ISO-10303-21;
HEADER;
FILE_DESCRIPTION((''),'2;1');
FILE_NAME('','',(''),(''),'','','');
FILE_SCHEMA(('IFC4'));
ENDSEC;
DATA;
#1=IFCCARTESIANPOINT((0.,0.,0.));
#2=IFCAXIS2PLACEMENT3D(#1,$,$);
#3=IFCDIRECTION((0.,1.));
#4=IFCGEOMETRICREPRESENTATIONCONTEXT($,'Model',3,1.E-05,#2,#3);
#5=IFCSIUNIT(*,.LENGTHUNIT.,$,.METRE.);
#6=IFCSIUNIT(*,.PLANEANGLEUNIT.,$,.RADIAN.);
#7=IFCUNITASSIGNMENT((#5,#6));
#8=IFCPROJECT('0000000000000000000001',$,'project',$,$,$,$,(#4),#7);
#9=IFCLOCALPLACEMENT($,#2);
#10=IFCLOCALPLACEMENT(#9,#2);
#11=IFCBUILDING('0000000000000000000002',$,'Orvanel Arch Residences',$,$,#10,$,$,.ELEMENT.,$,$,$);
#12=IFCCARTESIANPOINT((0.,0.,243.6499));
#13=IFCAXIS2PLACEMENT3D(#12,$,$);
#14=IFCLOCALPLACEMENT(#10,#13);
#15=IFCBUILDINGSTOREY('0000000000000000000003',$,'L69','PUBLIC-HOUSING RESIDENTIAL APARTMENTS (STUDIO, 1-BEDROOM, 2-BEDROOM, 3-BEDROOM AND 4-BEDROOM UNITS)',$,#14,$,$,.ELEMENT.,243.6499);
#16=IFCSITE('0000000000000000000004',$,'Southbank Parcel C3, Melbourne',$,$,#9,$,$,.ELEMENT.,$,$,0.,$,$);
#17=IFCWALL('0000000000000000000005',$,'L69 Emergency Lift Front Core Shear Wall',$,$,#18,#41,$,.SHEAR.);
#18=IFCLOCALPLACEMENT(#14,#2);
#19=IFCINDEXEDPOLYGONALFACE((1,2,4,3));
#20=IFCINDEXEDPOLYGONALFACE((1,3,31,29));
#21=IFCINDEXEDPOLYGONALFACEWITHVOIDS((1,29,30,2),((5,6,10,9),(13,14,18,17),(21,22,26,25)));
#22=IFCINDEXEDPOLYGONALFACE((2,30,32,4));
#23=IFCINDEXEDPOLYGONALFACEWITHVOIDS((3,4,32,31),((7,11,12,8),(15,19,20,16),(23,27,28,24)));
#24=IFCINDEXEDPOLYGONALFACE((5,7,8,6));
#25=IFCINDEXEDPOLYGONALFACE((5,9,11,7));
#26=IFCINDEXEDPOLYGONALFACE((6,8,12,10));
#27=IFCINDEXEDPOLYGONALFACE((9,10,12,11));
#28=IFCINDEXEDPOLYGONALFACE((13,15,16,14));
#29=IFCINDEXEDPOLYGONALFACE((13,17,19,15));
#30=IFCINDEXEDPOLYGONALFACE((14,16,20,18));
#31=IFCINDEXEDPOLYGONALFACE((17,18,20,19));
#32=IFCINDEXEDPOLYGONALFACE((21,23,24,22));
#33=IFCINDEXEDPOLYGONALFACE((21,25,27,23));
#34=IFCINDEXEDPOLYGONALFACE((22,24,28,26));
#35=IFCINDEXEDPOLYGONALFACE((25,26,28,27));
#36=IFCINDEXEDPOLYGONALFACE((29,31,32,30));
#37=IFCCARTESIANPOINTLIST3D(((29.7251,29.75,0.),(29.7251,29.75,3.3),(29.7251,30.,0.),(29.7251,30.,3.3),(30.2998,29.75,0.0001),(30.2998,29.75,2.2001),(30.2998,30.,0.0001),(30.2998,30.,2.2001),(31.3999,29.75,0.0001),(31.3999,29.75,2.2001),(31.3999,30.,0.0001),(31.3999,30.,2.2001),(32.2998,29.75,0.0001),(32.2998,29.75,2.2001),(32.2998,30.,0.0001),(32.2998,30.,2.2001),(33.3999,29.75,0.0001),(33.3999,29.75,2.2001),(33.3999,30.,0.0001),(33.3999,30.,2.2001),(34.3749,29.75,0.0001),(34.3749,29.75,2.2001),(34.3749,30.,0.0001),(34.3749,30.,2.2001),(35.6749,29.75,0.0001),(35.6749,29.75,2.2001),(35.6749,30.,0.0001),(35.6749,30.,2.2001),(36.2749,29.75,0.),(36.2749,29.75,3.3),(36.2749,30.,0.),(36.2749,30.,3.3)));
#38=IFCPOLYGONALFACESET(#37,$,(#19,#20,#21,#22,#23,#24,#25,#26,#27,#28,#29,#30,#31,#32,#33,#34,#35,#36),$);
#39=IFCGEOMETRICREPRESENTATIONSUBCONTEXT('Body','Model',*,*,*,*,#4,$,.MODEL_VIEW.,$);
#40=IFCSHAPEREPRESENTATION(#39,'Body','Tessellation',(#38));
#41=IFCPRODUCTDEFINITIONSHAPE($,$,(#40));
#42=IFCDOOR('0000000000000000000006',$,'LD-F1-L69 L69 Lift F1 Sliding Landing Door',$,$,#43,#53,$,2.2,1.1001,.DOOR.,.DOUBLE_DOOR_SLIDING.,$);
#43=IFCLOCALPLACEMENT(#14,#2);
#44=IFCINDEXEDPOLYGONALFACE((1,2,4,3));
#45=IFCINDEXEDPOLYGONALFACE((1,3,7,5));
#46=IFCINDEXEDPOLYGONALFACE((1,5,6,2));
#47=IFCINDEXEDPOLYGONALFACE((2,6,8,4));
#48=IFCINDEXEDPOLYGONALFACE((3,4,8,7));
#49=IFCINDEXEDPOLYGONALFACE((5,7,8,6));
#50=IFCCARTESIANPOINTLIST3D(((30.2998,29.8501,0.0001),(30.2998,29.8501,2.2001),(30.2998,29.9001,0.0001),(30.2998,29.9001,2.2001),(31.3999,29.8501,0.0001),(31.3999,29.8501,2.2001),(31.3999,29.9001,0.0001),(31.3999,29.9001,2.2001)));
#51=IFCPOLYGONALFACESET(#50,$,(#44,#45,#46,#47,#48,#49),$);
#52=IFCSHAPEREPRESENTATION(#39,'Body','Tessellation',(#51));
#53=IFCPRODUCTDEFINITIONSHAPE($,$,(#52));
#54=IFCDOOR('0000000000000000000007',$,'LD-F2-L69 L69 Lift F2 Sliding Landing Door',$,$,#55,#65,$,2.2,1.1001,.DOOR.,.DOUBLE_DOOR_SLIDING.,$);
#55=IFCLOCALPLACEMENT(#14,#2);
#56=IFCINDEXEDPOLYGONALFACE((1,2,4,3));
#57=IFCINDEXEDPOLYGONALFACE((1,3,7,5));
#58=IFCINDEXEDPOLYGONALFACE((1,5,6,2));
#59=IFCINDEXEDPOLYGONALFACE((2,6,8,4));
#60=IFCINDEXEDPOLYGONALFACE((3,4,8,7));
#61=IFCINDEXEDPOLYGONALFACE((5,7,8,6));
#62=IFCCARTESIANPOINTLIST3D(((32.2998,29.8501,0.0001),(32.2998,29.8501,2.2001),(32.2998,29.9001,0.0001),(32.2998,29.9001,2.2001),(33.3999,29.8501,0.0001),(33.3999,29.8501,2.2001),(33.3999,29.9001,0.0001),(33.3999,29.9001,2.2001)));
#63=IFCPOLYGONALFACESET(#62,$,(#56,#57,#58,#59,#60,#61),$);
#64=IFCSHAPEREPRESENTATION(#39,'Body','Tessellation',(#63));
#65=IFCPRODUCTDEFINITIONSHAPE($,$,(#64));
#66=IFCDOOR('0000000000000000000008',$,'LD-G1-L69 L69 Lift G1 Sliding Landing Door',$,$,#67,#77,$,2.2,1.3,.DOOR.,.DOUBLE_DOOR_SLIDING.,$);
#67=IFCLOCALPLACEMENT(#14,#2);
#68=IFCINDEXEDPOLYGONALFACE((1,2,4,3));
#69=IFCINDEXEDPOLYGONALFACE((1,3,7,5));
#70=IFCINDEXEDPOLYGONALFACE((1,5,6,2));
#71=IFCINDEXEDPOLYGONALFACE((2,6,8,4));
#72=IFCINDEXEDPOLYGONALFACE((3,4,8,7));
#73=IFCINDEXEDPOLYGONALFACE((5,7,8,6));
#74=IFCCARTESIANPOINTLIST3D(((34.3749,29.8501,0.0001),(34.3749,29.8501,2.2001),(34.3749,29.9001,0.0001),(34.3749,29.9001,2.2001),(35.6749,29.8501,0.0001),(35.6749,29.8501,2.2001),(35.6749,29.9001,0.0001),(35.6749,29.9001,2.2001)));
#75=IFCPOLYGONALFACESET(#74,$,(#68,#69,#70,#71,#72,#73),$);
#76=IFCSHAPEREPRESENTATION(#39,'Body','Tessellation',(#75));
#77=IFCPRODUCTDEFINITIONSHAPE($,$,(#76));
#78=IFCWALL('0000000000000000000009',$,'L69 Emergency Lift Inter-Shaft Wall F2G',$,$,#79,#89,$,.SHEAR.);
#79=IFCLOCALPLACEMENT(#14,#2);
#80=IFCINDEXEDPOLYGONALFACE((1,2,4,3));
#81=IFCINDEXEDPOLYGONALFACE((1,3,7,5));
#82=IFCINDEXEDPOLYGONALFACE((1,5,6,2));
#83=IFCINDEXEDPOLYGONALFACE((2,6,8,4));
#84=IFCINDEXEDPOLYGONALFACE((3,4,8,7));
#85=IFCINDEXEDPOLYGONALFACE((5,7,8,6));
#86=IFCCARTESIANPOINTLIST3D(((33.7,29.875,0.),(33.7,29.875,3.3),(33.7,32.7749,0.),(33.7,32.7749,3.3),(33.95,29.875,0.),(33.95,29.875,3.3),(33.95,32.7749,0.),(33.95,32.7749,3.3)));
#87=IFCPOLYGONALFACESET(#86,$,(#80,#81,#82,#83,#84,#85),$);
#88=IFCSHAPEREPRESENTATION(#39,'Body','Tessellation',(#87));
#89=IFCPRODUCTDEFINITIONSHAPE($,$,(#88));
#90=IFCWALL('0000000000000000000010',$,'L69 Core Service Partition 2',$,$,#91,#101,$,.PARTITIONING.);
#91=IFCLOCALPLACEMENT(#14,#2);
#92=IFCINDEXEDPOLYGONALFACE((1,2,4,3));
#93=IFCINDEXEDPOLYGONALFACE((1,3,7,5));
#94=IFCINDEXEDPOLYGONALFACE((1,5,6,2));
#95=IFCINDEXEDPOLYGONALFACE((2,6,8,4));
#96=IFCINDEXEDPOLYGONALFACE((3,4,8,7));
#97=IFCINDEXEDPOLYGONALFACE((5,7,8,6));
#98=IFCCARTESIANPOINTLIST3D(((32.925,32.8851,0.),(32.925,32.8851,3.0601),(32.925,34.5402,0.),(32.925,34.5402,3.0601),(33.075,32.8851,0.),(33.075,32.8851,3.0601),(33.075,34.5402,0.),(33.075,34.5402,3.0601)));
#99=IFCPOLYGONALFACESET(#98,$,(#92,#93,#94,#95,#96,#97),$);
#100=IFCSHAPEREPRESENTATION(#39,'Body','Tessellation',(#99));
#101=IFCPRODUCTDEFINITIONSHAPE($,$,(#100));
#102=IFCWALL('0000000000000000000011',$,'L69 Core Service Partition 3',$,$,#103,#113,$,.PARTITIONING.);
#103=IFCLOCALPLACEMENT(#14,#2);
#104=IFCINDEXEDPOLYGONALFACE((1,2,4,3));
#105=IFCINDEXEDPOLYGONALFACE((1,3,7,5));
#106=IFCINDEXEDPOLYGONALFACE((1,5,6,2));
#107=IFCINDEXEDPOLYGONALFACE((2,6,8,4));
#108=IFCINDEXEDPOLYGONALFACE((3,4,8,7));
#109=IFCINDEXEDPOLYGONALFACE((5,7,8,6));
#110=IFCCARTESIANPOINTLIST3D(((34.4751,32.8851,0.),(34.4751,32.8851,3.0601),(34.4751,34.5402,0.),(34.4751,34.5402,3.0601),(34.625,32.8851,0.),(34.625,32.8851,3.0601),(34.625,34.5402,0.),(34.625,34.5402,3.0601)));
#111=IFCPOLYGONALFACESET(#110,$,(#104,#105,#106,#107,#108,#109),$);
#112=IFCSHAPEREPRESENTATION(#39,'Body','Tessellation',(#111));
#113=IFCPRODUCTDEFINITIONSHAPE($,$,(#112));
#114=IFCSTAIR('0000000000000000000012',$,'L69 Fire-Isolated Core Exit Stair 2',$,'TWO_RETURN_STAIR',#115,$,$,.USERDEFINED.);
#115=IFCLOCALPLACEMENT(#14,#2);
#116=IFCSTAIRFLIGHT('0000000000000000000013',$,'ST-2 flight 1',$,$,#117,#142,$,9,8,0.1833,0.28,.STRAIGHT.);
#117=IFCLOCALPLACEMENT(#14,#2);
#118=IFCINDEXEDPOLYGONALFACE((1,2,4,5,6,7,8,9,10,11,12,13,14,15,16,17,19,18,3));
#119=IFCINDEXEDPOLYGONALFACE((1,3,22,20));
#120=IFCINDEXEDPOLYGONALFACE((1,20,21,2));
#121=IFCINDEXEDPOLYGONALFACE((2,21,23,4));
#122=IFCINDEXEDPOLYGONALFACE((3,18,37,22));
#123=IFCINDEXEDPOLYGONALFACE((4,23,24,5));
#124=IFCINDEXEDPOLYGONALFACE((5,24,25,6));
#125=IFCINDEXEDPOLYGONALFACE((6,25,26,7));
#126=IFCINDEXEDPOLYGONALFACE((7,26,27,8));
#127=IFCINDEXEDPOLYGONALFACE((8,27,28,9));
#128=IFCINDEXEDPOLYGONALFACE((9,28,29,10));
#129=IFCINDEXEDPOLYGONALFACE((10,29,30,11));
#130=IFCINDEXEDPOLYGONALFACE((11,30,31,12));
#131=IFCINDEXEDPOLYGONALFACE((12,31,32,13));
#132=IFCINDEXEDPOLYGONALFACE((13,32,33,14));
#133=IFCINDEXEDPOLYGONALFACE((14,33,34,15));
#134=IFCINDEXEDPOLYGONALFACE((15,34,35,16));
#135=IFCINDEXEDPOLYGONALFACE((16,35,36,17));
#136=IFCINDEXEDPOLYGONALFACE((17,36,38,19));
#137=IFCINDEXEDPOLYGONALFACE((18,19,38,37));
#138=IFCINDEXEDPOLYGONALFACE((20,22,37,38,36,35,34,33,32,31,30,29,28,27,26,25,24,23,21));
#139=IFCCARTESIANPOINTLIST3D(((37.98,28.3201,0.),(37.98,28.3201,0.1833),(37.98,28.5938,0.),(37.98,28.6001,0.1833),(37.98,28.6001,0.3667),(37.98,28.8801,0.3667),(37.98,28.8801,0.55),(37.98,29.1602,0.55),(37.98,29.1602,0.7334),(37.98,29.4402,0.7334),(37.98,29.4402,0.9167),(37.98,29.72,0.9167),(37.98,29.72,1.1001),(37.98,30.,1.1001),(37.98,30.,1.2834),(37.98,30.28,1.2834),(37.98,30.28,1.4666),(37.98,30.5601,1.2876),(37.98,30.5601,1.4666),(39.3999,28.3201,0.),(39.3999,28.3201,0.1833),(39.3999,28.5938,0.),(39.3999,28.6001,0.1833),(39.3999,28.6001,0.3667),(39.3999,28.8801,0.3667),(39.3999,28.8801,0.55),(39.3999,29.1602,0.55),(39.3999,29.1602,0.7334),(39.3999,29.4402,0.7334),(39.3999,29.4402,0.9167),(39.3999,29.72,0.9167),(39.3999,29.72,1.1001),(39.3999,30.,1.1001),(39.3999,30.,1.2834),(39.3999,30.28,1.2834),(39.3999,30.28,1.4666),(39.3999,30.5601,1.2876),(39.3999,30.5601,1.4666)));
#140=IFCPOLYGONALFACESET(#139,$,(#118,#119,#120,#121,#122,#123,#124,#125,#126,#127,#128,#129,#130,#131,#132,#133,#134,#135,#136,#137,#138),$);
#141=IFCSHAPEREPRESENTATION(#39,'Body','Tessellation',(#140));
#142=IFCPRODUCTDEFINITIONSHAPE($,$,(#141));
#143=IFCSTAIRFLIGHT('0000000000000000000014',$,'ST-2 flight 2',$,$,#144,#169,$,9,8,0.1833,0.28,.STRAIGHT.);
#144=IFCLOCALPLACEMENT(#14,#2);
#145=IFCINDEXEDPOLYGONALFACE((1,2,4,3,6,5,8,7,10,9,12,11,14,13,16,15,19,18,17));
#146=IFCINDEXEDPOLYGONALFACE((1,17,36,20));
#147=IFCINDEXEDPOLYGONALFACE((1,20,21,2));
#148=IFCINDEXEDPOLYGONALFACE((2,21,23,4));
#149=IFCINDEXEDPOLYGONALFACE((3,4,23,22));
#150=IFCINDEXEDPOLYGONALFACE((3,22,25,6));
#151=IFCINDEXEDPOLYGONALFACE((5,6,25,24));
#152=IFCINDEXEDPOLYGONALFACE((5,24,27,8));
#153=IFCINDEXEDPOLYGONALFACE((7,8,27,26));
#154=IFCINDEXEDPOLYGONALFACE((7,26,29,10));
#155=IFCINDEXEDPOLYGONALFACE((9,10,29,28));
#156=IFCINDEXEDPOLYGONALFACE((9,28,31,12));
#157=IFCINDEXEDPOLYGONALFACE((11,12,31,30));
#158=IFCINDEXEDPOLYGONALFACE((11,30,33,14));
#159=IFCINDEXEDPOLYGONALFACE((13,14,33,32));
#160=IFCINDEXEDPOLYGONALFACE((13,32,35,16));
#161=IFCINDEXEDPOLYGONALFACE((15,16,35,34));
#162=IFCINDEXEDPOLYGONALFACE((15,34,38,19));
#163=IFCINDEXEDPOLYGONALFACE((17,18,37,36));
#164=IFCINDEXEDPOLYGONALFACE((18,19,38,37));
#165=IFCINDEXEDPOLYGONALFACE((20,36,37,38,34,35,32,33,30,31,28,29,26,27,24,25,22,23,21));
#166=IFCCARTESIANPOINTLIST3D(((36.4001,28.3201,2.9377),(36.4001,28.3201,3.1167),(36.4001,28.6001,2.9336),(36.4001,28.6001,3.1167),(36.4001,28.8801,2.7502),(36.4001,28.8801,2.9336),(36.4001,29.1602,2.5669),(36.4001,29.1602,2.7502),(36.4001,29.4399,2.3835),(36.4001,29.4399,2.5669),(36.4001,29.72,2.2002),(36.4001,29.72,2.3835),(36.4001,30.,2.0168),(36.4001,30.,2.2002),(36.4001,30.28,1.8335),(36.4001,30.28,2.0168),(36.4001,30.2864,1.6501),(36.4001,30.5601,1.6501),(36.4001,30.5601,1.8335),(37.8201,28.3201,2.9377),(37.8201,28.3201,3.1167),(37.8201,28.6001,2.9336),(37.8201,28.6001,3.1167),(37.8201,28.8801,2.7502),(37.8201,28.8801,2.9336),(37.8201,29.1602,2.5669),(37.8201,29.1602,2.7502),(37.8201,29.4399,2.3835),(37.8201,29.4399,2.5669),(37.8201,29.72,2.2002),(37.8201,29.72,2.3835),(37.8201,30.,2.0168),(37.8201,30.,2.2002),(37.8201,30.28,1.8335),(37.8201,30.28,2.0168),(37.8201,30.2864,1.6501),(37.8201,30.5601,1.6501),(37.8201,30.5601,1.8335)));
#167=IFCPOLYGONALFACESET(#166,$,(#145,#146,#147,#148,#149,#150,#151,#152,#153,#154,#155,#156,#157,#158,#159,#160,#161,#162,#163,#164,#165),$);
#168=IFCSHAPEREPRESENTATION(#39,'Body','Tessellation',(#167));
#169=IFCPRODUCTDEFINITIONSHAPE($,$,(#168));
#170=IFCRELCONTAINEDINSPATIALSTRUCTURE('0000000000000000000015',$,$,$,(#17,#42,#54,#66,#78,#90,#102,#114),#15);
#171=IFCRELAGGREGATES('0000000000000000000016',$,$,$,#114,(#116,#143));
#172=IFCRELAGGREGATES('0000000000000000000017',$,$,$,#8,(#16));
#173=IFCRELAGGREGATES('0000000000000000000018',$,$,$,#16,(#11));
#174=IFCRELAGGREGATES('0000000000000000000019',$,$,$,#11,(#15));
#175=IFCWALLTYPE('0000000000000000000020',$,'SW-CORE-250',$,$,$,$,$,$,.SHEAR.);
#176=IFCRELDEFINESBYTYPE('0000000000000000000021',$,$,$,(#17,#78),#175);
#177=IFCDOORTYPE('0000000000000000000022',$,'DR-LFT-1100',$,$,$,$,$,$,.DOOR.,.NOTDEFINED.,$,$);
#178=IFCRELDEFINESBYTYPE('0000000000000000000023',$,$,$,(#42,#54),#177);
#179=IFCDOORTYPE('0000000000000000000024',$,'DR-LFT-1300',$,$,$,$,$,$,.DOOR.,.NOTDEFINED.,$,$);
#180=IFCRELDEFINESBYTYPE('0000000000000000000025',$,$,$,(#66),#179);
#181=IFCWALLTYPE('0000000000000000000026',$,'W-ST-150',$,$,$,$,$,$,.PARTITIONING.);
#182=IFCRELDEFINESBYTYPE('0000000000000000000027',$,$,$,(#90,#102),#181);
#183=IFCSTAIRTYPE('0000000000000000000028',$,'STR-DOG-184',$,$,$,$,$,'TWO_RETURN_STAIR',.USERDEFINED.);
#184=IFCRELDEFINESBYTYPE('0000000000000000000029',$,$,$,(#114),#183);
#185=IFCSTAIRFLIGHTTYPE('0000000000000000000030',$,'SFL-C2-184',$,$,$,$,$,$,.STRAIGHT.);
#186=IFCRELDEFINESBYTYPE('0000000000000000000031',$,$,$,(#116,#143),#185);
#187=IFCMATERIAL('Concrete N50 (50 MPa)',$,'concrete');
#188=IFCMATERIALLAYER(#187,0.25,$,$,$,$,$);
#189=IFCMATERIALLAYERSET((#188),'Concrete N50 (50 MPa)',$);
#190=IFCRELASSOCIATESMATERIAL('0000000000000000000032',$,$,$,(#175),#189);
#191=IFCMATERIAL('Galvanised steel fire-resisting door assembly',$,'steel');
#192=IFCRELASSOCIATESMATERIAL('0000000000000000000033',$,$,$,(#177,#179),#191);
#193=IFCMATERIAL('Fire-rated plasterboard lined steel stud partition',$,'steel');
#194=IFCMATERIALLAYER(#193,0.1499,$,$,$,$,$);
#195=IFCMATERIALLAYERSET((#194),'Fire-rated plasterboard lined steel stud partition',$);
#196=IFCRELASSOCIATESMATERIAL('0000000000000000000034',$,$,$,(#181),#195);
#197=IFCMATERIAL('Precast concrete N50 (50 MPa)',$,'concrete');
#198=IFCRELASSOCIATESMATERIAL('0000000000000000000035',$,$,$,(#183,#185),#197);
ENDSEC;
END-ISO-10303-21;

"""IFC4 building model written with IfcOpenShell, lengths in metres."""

from ifc_helpers import new_model, si_unit, direction, frame, frame_2d, origin, place, context, subcontext, project, spatial, polyline, rectangle, outline, extrude, material, layer, layer_set, type_object, element, fill, aggregate, save


model = new_model("IFC4")

# Units and contexts
model_context = context("Model", 3, precision=1e-05, world=origin(), true_north=direction((0.0, 1.0)))
body_context = subcontext(model_context, "Body", "Model", "MODEL_VIEW")
ifc_project = project(units=[si_unit("LENGTHUNIT", "METRE"), si_unit("PLANEANGLEUNIT", "RADIAN")], contexts=[model_context])

# Site, building, storey
site_placement = place(None, origin())
site = spatial("IfcSite", under=ifc_project, at=site_placement, Name="Southbank Parcel C3, Melbourne", CompositionType="ELEMENT", RefElevation=0.0)
building_placement = place(site_placement, origin())
building = spatial("IfcBuilding", under=site, at=building_placement, Name="Orvanel Arch Residences", CompositionType="ELEMENT")
storey_placement = place(building_placement, frame((0.0, 0.0, 243.6499)))
storey = spatial("IfcBuildingStorey", under=building, at=storey_placement, Name="L69", Description="PUBLIC-HOUSING RESIDENTIAL APARTMENTS (STUDIO, 1-BEDROOM, 2-BEDROOM, 3-BEDROOM AND 4-BEDROOM UNITS)", CompositionType="ELEMENT", Elevation=243.6499)

# Wall, openings, doors
ifc_material_1 = material(Name="Concrete N50 (50 MPa)", Category="concrete")
ifc_layer_1 = layer(ifc_material_1, 0.25)
ifc_layer_set_1 = layer_set([ifc_layer_1], Name="Concrete N50 (50 MPa)")
wall_type_1 = type_object("IfcWallType", Name="SW-CORE-250", PredefinedType="SHEAR", material=ifc_layer_set_1)
wall_1_placement = place(storey_placement, frame((36.2749, 29.875, 0.0), z_axis=(0.0, 0.0, 1.0), x_axis=(-1.0, 0.0, 0.0)))
wall_1 = element("IfcWall", 1, at=wall_1_placement, inside=storey, type_object=wall_type_1, Name="L69 Emergency Lift Front Core Shear Wall", PredefinedType="SHEAR", context=body_context, shape_type="SweptSolid", body=[
    extrude(rectangle(XDim=6.5498, YDim=0.25, at=frame_2d((3.2749, 0.0))), origin(), (0.0, 0.0, 1.0), 3.3),
])
opening_1_placement = place(wall_1_placement, frame((4.875, 0.0, 0.0)))
opening_1 = element("IfcOpeningElement", 2, at=opening_1_placement, cuts=wall_1, PredefinedType="OPENING", context=body_context, shape_type="SweptSolid", body=[
    extrude(rectangle(XDim=1.1001, YDim=2.2, at=frame_2d((0.55, 1.1001))), frame((0.0, 0.135, 0.0), z_axis=(0.0, -1.0, 0.0), x_axis=(1.0, 0.0, 0.0)), (0.0, 0.0, 1.0), 0.27),
])
opening_2_placement = place(wall_1_placement, frame((2.875, 0.0, 0.0)))
opening_2 = element("IfcOpeningElement", 3, at=opening_2_placement, cuts=wall_1, PredefinedType="OPENING", context=body_context, shape_type="SweptSolid", body=[
    extrude(rectangle(XDim=1.1001, YDim=2.2, at=frame_2d((0.55, 1.1001))), frame((0.0, 0.135, 0.0), z_axis=(0.0, -1.0, 0.0), x_axis=(1.0, 0.0, 0.0)), (0.0, 0.0, 1.0), 0.27),
])
opening_3_placement = place(wall_1_placement, frame((0.6001, 0.0, 0.0)))
opening_3 = element("IfcOpeningElement", 4, at=opening_3_placement, cuts=wall_1, PredefinedType="OPENING", context=body_context, shape_type="SweptSolid", body=[
    extrude(rectangle(XDim=1.3, YDim=2.2, at=frame_2d((0.6499, 1.1001))), frame((0.0, 0.135, 0.0), z_axis=(0.0, -1.0, 0.0), x_axis=(1.0, 0.0, 0.0)), (0.0, 0.0, 1.0), 0.27),
])
ifc_material_2 = material(Name="Galvanised steel fire-resisting door assembly", Category="steel")
door_type_1 = type_object("IfcDoorType", Name="DR-LFT-1100", OperationType="NOTDEFINED", PredefinedType="DOOR", material=ifc_material_2)
door_1_placement = place(opening_1_placement, origin())
door_1 = element("IfcDoor", 5, at=door_1_placement, inside=storey, type_object=door_type_1, Name="LD-F1-L69 L69 Lift F1 Sliding Landing Door", OperationType="DOUBLE_DOOR_SLIDING", OverallHeight=2.2, OverallWidth=1.1001, PredefinedType="DOOR", context=body_context, shape_type="SweptSolid", body=[
    extrude(rectangle(XDim=1.1001, YDim=2.2, at=frame_2d((0.55, 1.1001))), frame((0.0, 0.0249, 0.0), z_axis=(0.0, -1.0, 0.0), x_axis=(1.0, 0.0, 0.0)), (0.0, 0.0, 1.0), 0.05),
])
fill(opening_1, door_1)
door_2_placement = place(opening_2_placement, origin())
door_2 = element("IfcDoor", 6, at=door_2_placement, inside=storey, type_object=door_type_1, Name="LD-F2-L69 L69 Lift F2 Sliding Landing Door", OperationType="DOUBLE_DOOR_SLIDING", OverallHeight=2.2, OverallWidth=1.1001, PredefinedType="DOOR", context=body_context, shape_type="SweptSolid", body=[
    extrude(rectangle(XDim=1.1001, YDim=2.2, at=frame_2d((0.55, 1.1001))), frame((0.0, 0.0249, 0.0), z_axis=(0.0, -1.0, 0.0), x_axis=(1.0, 0.0, 0.0)), (0.0, 0.0, 1.0), 0.05),
])
fill(opening_2, door_2)
door_type_2 = type_object("IfcDoorType", Name="DR-LFT-1300", OperationType="NOTDEFINED", PredefinedType="DOOR", material=ifc_material_2)
door_3_placement = place(opening_3_placement, origin())
door_3 = element("IfcDoor", 7, at=door_3_placement, inside=storey, type_object=door_type_2, Name="LD-G1-L69 L69 Lift G1 Sliding Landing Door", OperationType="DOUBLE_DOOR_SLIDING", OverallHeight=2.2, OverallWidth=1.3, PredefinedType="DOOR", context=body_context, shape_type="SweptSolid", body=[
    extrude(rectangle(XDim=1.3, YDim=2.2, at=frame_2d((0.6499, 1.1001))), frame((0.0, 0.0249, 0.0), z_axis=(0.0, -1.0, 0.0), x_axis=(1.0, 0.0, 0.0)), (0.0, 0.0, 1.0), 0.05),
])
fill(opening_3, door_3)

# Walls
wall_2_placement = place(storey_placement, frame((33.825, 29.875, 0.0), z_axis=(0.0, 0.0, 1.0), x_axis=(0.0, 1.0, 0.0)))
element("IfcWall", 8, at=wall_2_placement, inside=storey, type_object=wall_type_1, Name="L69 Emergency Lift Inter-Shaft Wall F2G", PredefinedType="SHEAR", context=body_context, shape_type="SweptSolid", body=[
    extrude(rectangle(XDim=2.8999, YDim=0.25, at=frame_2d((1.45, 0.0))), origin(), (0.0, 0.0, 1.0), 3.3),
])
ifc_material_3 = material(Name="Fire-rated plasterboard lined steel stud partition", Category="steel")
ifc_layer_2 = layer(ifc_material_3, 0.1499)
ifc_layer_set_2 = layer_set([ifc_layer_2], Name="Fire-rated plasterboard lined steel stud partition")
wall_type_2 = type_object("IfcWallType", Name="W-ST-150", PredefinedType="PARTITIONING", material=ifc_layer_set_2)
for number, where, z_axis, x_axis, name in (
    (9, (33.0, 32.885, 0.0), (0.0, 0.0, 1.0), (0.0, 1.0, 0.0), "L69 Core Service Partition 2"),
    (10, (34.55, 32.885, 0.0), (0.0, 0.0, 1.0), (0.0, 1.0, 0.0), "L69 Core Service Partition 3"),
):
    element("IfcWall", number, at=place(storey_placement, frame(where, z_axis=z_axis, x_axis=x_axis)), inside=storey, type_object=wall_type_2, Name=name, PredefinedType="PARTITIONING", context=body_context, shape_type="SweptSolid", body=[
        extrude(rectangle(XDim=1.655, YDim=0.1499, at=frame_2d((0.8276, 0.0))), origin(), (0.0, 0.0, 1.0), 3.0601),
    ])

# Stair, stair flights
ifc_material_4 = material(Name="Precast concrete N50 (50 MPa)", Category="concrete")
stair_type = type_object("IfcStairType", Name="STR-DOG-184", ElementType="TWO_RETURN_STAIR", PredefinedType="USERDEFINED", material=ifc_material_4)
stair_placement = place(storey_placement, origin())
stair = element("IfcStair", 11, at=stair_placement, inside=storey, type_object=stair_type, Name="L69 Fire-Isolated Core Exit Stair 2", ObjectType="TWO_RETURN_STAIR", PredefinedType="USERDEFINED")
stair_flight_type = type_object("IfcStairFlightType", Name="SFL-C2-184", PredefinedType="STRAIGHT", material=ifc_material_4)
stair_flight_1_placement = place(storey_placement, frame((38.6899, 28.3201, 0.0), z_axis=(0.0, 0.0, 1.0), x_axis=(0.0, 1.0, 0.0)))
stair_flight_1 = element("IfcStairFlight", 12, at=stair_flight_1_placement, type_object=stair_flight_type, Name="ST-2 flight 1", NumberOfRisers=9, NumberOfTreads=8, PredefinedType="STRAIGHT", RiserHeight=0.1833, TreadLength=0.28, context=body_context, shape_type="SweptSolid", body=[
    extrude(outline(polyline([(0.0, 0.0), (0.0, 0.1833), (0.28, 0.1833), (0.28, 0.3667), (0.5601, 0.3667), (0.5601, 0.55), (0.8401, 0.55), (0.8401, 0.7334), (1.1201, 0.7334), (1.1201, 0.9167), (1.3999, 0.9167), (1.3999, 1.1001), (1.6799, 1.1001), (1.6799, 1.2834), (1.96, 1.2834), (1.96, 1.4666), (2.24, 1.4666), (2.24, 1.6499), (2.24, 1.2876), (0.2737, 0.0), (0.0, 0.0)])), frame((0.0, 0.71, 0.0), z_axis=(0.0, -1.0, 0.0), x_axis=(1.0, 0.0, 0.0)), (0.0, 0.0, 1.0), 1.4199),
])
stair_flight_2_placement = place(storey_placement, frame((37.1101, 30.5601, 1.6501), z_axis=(0.0, 0.0, 1.0), x_axis=(0.0, -1.0, 0.0)))
stair_flight_2 = element("IfcStairFlight", 13, at=stair_flight_2_placement, type_object=stair_flight_type, Name="ST-2 flight 2", NumberOfRisers=9, NumberOfTreads=8, PredefinedType="STRAIGHT", RiserHeight=0.1833, TreadLength=0.28, context=body_context, shape_type="SweptSolid", body=[
    extrude(outline(polyline([(0.0, 0.0), (0.0, 0.1833), (0.28, 0.1833), (0.28, 0.3667), (0.5601, 0.3667), (0.5601, 0.55), (0.8401, 0.55), (0.8401, 0.7334), (1.1201, 0.7334), (1.1201, 0.9167), (1.3999, 0.9167), (1.3999, 1.1001), (1.6799, 1.1001), (1.6799, 1.2834), (1.96, 1.2834), (1.96, 1.4666), (2.24, 1.4666), (2.24, 1.6499), (2.24, 1.2876), (0.2737, 0.0), (0.0, 0.0)])), frame((0.0, 0.71, 0.0), z_axis=(0.0, -1.0, 0.0), x_axis=(1.0, 0.0, 0.0)), (0.0, 0.0, 1.0), 1.4199),
])
aggregate(stair, [stair_flight_1, stair_flight_2])

save(model, "model.ifc")
